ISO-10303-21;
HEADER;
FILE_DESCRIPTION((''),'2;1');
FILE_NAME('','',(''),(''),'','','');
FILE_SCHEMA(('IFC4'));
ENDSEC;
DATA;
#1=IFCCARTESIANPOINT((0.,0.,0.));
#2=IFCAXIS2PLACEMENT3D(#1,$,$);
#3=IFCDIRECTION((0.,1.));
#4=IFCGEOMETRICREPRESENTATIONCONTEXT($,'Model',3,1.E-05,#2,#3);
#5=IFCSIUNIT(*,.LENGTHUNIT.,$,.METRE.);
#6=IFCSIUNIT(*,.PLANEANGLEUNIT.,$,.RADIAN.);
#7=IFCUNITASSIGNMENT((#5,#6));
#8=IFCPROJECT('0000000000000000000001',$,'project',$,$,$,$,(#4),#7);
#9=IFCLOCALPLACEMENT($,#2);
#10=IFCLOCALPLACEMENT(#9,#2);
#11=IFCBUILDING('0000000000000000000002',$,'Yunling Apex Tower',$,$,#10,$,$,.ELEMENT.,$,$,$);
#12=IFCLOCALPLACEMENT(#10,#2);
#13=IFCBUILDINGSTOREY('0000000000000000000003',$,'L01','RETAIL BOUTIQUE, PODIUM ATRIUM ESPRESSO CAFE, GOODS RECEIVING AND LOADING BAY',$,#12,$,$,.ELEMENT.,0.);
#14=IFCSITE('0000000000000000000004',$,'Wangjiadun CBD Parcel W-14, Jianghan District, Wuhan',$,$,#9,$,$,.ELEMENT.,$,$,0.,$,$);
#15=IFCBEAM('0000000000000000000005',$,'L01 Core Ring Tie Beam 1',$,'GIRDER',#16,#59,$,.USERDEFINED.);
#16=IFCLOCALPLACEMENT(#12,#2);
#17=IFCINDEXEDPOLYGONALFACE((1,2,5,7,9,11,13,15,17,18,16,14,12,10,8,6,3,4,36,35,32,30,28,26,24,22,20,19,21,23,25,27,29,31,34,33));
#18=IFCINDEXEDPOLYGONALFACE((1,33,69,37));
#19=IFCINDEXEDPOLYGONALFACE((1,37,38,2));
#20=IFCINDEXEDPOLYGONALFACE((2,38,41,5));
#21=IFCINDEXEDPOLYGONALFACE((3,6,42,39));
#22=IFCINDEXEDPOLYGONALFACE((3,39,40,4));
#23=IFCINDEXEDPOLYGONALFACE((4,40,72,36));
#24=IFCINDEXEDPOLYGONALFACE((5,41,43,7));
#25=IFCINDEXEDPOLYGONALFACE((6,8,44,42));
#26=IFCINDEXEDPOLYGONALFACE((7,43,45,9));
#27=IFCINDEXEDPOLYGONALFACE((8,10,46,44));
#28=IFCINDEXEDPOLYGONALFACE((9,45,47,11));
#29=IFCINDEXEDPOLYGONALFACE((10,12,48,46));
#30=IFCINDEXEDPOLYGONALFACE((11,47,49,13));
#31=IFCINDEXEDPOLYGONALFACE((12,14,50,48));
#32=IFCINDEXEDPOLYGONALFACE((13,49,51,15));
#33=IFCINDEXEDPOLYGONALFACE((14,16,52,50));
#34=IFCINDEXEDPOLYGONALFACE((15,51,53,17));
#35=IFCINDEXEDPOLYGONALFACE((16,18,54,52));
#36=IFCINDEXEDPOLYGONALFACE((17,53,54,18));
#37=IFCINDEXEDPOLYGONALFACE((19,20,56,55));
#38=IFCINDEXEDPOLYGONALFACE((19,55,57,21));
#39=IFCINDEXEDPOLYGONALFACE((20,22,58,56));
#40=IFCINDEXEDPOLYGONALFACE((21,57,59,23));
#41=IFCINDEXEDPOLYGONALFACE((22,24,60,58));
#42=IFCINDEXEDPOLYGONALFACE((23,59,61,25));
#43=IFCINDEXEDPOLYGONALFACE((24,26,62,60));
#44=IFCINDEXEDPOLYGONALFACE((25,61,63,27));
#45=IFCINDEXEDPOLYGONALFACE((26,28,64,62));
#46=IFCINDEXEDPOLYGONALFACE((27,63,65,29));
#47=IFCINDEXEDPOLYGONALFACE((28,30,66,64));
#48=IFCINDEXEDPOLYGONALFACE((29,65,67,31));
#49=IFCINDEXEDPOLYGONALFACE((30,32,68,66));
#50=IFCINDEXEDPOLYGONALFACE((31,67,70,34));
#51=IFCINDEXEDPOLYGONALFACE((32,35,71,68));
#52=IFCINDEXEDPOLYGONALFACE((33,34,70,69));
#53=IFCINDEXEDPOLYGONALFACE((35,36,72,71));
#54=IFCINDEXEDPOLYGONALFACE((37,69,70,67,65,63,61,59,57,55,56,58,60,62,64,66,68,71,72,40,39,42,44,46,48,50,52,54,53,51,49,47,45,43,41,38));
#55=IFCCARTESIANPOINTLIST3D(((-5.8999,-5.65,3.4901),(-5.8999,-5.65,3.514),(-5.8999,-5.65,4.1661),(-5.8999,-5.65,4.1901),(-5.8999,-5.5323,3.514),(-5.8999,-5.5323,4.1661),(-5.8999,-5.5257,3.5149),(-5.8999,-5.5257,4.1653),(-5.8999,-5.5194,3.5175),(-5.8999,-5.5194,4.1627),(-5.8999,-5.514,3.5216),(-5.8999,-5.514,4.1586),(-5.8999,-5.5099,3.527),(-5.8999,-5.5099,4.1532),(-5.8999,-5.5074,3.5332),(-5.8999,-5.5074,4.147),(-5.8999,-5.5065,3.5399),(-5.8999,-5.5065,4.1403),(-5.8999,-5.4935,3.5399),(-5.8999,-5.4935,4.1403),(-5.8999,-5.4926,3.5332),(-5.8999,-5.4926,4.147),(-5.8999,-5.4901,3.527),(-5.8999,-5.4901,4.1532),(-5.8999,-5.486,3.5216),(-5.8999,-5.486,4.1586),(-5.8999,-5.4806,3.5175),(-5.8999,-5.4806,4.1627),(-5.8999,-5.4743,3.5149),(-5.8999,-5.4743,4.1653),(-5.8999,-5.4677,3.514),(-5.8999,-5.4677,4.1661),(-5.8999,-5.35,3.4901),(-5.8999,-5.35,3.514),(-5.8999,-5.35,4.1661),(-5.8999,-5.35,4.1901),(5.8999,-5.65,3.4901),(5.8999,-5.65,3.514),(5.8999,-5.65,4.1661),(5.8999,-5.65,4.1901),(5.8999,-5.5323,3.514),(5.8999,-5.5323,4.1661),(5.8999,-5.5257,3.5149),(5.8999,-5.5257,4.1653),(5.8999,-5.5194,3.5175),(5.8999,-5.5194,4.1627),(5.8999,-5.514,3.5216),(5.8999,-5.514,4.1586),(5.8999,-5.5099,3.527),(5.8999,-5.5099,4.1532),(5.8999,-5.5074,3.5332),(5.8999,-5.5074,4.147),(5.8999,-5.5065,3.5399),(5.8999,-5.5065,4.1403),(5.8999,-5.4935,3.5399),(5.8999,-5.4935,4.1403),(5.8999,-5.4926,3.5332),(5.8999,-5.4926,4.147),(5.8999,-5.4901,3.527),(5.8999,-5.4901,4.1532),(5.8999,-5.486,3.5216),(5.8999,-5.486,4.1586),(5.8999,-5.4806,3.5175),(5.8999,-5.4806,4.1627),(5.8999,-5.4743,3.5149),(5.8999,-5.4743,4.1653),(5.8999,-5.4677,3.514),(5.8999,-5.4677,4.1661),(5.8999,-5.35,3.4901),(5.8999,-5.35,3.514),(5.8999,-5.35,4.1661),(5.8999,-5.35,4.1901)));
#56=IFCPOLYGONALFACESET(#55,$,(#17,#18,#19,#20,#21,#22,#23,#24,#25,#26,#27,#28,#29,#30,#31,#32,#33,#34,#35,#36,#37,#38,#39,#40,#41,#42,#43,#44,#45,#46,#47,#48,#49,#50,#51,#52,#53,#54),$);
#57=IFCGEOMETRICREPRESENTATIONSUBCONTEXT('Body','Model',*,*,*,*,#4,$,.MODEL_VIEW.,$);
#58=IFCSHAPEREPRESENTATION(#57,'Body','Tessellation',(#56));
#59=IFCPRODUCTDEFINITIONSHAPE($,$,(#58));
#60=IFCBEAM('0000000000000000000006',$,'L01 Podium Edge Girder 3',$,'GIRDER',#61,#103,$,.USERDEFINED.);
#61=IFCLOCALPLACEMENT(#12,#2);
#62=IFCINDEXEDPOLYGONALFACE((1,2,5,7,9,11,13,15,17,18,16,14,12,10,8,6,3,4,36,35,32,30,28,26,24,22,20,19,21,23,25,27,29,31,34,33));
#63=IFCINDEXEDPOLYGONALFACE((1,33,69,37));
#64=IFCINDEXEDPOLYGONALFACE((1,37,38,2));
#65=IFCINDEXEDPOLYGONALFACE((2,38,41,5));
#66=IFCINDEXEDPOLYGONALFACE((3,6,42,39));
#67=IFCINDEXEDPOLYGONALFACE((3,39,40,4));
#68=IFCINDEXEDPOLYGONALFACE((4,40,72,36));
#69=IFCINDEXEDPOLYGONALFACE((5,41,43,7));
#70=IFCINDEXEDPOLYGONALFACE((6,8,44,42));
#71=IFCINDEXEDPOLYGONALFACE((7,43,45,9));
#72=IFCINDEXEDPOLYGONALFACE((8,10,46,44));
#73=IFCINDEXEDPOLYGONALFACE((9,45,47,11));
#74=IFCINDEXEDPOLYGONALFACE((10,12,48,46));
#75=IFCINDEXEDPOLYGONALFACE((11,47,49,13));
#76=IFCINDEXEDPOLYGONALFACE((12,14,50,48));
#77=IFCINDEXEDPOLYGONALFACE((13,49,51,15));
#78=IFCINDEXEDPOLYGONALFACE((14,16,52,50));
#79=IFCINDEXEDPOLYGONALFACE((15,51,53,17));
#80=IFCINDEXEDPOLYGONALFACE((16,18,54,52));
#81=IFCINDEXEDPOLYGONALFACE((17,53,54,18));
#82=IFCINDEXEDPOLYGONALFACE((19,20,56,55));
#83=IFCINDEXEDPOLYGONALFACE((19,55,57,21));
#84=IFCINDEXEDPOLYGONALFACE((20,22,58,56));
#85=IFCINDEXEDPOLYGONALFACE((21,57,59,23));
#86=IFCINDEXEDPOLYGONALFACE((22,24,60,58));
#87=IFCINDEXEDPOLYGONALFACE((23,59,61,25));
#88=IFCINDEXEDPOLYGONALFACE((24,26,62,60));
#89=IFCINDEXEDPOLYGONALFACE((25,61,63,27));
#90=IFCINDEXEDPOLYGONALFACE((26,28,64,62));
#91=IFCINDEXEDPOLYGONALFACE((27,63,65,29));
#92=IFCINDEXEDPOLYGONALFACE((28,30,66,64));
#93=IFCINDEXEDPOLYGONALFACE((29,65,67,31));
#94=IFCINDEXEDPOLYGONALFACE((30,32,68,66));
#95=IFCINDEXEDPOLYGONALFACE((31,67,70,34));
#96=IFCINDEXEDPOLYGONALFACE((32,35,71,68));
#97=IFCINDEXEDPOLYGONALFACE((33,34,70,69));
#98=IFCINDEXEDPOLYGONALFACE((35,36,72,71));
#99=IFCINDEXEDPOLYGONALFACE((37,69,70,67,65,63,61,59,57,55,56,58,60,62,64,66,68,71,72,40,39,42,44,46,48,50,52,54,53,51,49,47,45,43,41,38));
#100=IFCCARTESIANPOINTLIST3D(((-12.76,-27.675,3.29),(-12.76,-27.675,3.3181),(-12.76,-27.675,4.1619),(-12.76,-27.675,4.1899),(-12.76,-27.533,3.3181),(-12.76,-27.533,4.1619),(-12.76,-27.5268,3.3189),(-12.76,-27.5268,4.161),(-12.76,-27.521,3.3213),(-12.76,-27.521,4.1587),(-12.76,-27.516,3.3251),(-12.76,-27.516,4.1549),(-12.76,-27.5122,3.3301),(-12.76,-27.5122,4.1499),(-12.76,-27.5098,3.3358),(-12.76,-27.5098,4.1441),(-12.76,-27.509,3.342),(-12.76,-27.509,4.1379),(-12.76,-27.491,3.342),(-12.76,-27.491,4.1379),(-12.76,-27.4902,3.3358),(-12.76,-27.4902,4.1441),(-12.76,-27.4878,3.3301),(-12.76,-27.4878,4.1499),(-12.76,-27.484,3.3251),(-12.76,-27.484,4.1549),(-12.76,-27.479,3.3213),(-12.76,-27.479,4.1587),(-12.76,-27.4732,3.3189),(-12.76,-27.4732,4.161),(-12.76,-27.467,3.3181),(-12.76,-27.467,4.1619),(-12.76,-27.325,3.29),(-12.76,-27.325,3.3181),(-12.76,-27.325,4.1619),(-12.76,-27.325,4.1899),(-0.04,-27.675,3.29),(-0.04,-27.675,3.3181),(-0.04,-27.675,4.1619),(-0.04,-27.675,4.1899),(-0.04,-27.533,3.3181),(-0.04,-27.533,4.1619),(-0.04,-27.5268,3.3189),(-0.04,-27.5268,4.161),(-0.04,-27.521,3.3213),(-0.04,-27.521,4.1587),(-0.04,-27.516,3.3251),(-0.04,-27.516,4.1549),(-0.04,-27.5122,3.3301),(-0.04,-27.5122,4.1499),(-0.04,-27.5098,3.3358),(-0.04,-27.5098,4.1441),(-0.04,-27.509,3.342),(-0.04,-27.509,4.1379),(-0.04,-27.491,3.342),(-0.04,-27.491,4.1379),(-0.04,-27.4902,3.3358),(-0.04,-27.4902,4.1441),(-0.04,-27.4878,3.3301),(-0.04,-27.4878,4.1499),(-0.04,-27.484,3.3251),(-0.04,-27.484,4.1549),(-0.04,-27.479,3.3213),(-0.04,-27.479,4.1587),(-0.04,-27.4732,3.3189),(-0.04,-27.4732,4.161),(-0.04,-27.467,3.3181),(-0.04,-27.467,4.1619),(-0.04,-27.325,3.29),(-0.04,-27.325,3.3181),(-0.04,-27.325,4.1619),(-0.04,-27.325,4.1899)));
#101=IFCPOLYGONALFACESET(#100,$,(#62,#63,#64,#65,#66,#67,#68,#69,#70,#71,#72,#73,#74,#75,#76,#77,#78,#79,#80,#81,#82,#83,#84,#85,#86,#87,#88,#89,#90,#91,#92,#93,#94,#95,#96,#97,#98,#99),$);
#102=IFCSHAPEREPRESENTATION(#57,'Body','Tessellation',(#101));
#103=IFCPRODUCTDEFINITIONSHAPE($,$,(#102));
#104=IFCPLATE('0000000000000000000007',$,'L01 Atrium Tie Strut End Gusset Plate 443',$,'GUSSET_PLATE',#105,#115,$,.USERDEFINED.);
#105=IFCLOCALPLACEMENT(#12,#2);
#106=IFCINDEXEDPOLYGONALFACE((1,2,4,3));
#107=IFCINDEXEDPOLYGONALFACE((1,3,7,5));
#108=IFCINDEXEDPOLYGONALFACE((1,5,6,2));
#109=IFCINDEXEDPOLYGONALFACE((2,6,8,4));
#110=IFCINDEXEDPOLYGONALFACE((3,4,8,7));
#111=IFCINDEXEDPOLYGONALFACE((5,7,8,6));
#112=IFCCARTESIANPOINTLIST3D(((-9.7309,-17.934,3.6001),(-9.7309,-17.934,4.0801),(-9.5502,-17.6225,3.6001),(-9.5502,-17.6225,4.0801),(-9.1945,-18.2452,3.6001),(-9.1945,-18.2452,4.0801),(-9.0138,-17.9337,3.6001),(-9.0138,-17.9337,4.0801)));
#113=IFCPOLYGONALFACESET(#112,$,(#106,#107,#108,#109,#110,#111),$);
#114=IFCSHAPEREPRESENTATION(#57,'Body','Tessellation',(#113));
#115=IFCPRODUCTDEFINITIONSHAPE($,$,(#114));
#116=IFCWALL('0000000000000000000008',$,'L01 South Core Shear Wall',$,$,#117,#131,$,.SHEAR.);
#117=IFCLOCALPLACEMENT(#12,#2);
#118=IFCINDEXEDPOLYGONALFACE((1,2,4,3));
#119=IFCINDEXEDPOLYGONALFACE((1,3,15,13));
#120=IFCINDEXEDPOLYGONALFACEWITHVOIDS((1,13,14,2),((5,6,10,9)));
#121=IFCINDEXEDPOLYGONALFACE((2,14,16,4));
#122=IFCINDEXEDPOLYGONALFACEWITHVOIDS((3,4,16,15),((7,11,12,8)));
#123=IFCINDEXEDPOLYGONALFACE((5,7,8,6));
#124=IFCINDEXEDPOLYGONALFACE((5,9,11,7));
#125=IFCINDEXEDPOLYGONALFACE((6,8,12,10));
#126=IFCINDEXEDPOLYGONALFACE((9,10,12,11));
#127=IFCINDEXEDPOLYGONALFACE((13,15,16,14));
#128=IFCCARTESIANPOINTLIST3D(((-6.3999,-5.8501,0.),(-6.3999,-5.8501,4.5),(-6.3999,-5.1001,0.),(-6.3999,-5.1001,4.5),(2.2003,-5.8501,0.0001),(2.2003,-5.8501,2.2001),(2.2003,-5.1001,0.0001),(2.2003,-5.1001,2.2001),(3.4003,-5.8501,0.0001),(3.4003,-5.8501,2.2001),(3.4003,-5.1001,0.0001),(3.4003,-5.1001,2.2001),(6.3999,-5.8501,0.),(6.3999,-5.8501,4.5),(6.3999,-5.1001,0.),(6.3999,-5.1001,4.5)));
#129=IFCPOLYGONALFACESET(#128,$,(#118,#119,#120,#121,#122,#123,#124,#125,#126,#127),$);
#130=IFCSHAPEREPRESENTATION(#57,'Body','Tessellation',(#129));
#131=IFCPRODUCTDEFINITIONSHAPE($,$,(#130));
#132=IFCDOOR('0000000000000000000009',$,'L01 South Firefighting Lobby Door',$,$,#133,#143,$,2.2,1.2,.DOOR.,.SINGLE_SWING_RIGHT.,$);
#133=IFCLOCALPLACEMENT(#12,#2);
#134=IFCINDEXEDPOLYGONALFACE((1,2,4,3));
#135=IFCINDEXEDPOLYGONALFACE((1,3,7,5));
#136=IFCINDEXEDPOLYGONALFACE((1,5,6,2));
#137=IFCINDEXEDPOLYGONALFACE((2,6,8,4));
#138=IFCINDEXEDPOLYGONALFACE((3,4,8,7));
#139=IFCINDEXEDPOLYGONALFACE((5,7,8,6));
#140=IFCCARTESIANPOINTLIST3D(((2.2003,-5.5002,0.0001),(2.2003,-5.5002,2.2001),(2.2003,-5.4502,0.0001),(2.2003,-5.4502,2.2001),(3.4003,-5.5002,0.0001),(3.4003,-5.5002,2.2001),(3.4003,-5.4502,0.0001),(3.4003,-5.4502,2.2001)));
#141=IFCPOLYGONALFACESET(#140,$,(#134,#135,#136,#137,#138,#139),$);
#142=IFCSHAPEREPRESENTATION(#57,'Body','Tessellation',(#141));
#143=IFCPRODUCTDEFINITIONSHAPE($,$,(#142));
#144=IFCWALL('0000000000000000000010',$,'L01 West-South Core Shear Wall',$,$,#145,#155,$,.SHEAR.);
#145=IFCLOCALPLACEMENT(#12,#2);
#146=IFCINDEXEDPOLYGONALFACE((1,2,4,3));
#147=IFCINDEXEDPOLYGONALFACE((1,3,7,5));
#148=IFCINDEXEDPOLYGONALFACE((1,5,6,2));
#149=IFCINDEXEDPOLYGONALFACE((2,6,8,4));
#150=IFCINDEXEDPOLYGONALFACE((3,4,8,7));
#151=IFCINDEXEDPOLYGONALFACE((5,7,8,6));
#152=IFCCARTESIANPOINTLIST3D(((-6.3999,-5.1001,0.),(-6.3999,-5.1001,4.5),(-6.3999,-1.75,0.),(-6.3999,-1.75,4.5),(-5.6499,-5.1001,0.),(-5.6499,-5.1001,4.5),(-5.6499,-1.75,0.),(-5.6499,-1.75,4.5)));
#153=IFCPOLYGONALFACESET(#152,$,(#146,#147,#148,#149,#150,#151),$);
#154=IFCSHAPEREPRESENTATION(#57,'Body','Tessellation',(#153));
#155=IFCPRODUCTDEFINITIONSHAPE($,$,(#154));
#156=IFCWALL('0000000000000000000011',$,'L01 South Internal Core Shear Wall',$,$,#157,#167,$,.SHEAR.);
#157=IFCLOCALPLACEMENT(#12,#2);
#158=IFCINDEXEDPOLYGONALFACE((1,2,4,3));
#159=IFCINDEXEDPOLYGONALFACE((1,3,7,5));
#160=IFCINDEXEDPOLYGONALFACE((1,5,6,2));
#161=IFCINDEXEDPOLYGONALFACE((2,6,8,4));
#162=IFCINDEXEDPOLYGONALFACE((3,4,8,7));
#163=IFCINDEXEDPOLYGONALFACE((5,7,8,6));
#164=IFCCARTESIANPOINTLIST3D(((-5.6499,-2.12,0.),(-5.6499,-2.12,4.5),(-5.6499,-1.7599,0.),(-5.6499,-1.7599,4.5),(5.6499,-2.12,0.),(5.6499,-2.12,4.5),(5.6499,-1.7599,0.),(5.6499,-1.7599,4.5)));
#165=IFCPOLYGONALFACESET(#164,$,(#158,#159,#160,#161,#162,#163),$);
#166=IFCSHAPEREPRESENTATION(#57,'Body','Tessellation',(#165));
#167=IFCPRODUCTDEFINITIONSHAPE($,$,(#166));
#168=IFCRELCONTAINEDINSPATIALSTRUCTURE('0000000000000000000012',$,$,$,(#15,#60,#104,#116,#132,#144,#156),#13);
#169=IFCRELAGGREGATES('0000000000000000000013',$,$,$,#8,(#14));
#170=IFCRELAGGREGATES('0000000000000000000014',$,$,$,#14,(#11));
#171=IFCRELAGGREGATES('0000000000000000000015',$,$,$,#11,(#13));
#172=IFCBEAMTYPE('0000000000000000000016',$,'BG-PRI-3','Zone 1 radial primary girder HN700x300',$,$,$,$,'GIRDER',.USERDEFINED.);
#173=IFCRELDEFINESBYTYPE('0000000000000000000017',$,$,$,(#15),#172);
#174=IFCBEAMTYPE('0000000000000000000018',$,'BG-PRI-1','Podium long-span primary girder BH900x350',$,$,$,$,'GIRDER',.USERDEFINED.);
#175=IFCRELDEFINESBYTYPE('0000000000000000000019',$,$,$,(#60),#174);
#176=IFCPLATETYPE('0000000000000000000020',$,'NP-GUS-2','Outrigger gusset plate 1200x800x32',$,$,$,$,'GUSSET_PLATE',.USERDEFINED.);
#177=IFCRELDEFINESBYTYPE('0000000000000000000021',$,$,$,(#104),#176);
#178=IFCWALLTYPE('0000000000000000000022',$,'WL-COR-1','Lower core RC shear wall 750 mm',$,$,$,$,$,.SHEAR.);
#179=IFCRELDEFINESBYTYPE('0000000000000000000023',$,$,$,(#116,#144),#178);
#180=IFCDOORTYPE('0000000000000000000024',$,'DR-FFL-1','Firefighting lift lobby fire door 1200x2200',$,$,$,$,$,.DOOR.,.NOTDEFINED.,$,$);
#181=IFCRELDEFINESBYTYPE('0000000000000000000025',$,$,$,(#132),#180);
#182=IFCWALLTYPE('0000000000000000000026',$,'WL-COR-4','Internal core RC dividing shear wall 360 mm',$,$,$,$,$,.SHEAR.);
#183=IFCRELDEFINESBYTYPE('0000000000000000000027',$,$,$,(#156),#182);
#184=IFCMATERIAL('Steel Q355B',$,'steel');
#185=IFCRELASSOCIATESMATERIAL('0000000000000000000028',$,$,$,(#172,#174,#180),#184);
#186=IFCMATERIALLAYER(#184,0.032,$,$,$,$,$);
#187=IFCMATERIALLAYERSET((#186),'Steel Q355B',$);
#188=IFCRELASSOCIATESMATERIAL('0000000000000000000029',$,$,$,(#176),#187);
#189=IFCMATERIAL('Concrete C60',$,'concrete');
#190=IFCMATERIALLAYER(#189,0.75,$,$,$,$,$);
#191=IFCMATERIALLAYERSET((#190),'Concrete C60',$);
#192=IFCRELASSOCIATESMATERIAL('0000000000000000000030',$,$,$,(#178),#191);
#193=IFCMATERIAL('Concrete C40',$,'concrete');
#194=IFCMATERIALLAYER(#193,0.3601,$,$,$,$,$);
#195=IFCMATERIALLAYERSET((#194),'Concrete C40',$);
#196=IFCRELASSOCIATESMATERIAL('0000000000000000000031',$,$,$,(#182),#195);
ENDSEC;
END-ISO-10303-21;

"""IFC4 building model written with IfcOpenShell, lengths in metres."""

from ifc_helpers import new_model, si_unit, direction, frame, frame_2d, origin, origin_2d, place, context, subcontext, project, spatial, rectangle, i_section, extrude, source, transform, mapped, material, layer, layer_set, material_profile, profile_set, type_object, element, fill, save


model = new_model("IFC4")

# Units and contexts
model_context = context("Model", 3, precision=1e-05, world=origin(), true_north=direction((0.0, 1.0)))
body_context = subcontext(model_context, "Body", "Model", "MODEL_VIEW")
ifc_project = project(units=[si_unit("LENGTHUNIT", "METRE"), si_unit("PLANEANGLEUNIT", "RADIAN")], contexts=[model_context])

# Site, building, storey
site_placement = place(None, origin())
site = spatial("IfcSite", under=ifc_project, at=site_placement, Name="Wangjiadun CBD Parcel W-14, Jianghan District, Wuhan", CompositionType="ELEMENT", RefElevation=0.0)
building_placement = place(site_placement, origin())
building = spatial("IfcBuilding", under=site, at=building_placement, Name="Yunling Apex Tower", CompositionType="ELEMENT")
storey_placement = place(building_placement, origin())
storey = spatial("IfcBuildingStorey", under=building, at=storey_placement, Name="L01", Description="RETAIL BOUTIQUE, PODIUM ATRIUM ESPRESSO CAFE, GOODS RECEIVING AND LOADING BAY", CompositionType="ELEMENT", Elevation=0.0)

# Shared definitions
ifc_material_1 = material(Name="Concrete C60", Category="concrete")

# Beams
ifc_material_2 = material(Name="Steel Q355B", Category="steel")
ifc_material_profile_1 = material_profile(ifc_material_2, i_section(OverallWidth=0.3, OverallDepth=0.7, WebThickness=0.0129, FlangeThickness=0.0239, FilletRadius=0.0259, at=origin_2d()))
ifc_profile_set_1 = profile_set([ifc_material_profile_1], Name="Steel Q355B")
beam_type_1 = type_object("IfcBeamType", Name="BG-PRI-3", Description="Zone 1 radial primary girder HN700x300", ElementType="GIRDER", PredefinedType="USERDEFINED", material=ifc_profile_set_1)
shared_shape_1 = source(origin(), body_context, "Body", "SweptSolid", [
    extrude(i_section(OverallWidth=0.3, OverallDepth=0.7, WebThickness=0.0129, FlangeThickness=0.0239, FilletRadius=0.0259, at=origin_2d()), origin(), (0.0, 0.0, 1.0), 11.7998),
])
beam_1_placement = place(storey_placement, frame((-5.8999, -5.5, 3.8401), z_axis=(1.0, 0.0, 0.0), x_axis=(0.0, 1.0, 0.0)))
element("IfcBeam", 1, at=beam_1_placement, inside=storey, type_object=beam_type_1, Name="L01 Core Ring Tie Beam 1", ObjectType="GIRDER", PredefinedType="USERDEFINED", context=body_context, shape_type="MappedRepresentation", body=[
    mapped(shared_shape_1, transform((0.0, 0.0, 0.0), scale=1.0)),
])
ifc_material_profile_2 = material_profile(ifc_material_2, i_section(OverallWidth=0.3501, OverallDepth=0.8999, WebThickness=0.0181, FlangeThickness=0.0281, FilletRadius=0.0239, at=origin_2d()))
ifc_profile_set_2 = profile_set([ifc_material_profile_2], Name="Steel Q355B")
beam_type_2 = type_object("IfcBeamType", Name="BG-PRI-1", Description="Podium long-span primary girder BH900x350", ElementType="GIRDER", PredefinedType="USERDEFINED", material=ifc_profile_set_2)
shared_shape_2 = source(origin(), body_context, "Body", "SweptSolid", [
    extrude(i_section(OverallWidth=0.3501, OverallDepth=0.8999, WebThickness=0.0181, FlangeThickness=0.0281, FilletRadius=0.0239, at=origin_2d()), origin(), (0.0, 0.0, 1.0), 12.72),
])
beam_2_placement = place(storey_placement, frame((-12.76, -27.5, 3.74), z_axis=(1.0, 0.0, 0.0), x_axis=(0.0, 1.0, 0.0)))
element("IfcBeam", 2, at=beam_2_placement, inside=storey, type_object=beam_type_2, Name="L01 Podium Edge Girder 3", ObjectType="GIRDER", PredefinedType="USERDEFINED", context=body_context, shape_type="MappedRepresentation", body=[
    mapped(shared_shape_2, transform((0.0, 0.0, 0.0), scale=1.0)),
])

# Plate
ifc_layer_1 = layer(ifc_material_2, 0.032)
ifc_layer_set_1 = layer_set([ifc_layer_1], Name="Steel Q355B")
plate_type = type_object("IfcPlateType", Name="NP-GUS-2", Description="Outrigger gusset plate 1200x800x32", ElementType="GUSSET_PLATE", PredefinedType="USERDEFINED", material=ifc_layer_set_1)
shared_shape_3 = source(origin(), body_context, "Body", "SweptSolid", [
    extrude(rectangle(XDim=0.6201, YDim=0.3601, at=origin_2d()), origin(), (0.0, 0.0, 1.0), 0.48),
])
plate_placement = place(storey_placement, frame((-9.3723, -17.9338, 3.6001), z_axis=(0.0, 0.0, 1.0), x_axis=(0.864976, -0.501813, 0.0)))
element("IfcPlate", 3, at=plate_placement, inside=storey, type_object=plate_type, Name="L01 Atrium Tie Strut End Gusset Plate 443", ObjectType="GUSSET_PLATE", PredefinedType="USERDEFINED", context=body_context, shape_type="MappedRepresentation", body=[
    mapped(shared_shape_3, transform((0.0, 0.0, 0.0), scale=1.0)),
])

# Wall, opening, door
ifc_layer_2 = layer(ifc_material_1, 0.75)
ifc_layer_set_2 = layer_set([ifc_layer_2], Name="Concrete C60")
wall_type_1 = type_object("IfcWallType", Name="WL-COR-1", Description="Lower core RC shear wall 750 mm", PredefinedType="SHEAR", material=ifc_layer_set_2)
wall_1_placement = place(storey_placement, frame((-6.3999, -5.4751, 0.0), z_axis=(0.0, 0.0, 1.0), x_axis=(1.0, 0.0, 0.0)))
wall_1 = element("IfcWall", 4, at=wall_1_placement, inside=storey, type_object=wall_type_1, Name="L01 South Core Shear Wall", PredefinedType="SHEAR", context=body_context, shape_type="SweptSolid", body=[
    extrude(rectangle(XDim=12.7998, YDim=0.75, at=frame_2d((6.3999, 0.0))), origin(), (0.0, 0.0, 1.0), 4.5),
])
opening_placement = place(wall_1_placement, frame((8.6001, 0.0, 0.0)))
opening = element("IfcOpeningElement", 5, at=opening_placement, cuts=wall_1, PredefinedType="OPENING", context=body_context, shape_type="SweptSolid", body=[
    extrude(rectangle(XDim=1.2, YDim=2.2, at=frame_2d((0.6001, 1.1001))), frame((0.0, 0.385, 0.0), z_axis=(0.0, -1.0, 0.0), x_axis=(1.0, 0.0, 0.0)), (0.0, 0.0, 1.0), 0.77),
])
door_type = type_object("IfcDoorType", Name="DR-FFL-1", Description="Firefighting lift lobby fire door 1200x2200", OperationType="NOTDEFINED", PredefinedType="DOOR", material=ifc_material_2)
door_placement = place(opening_placement, origin())
door = element("IfcDoor", 6, at=door_placement, inside=storey, type_object=door_type, Name="L01 South Firefighting Lobby Door", OperationType="SINGLE_SWING_RIGHT", OverallHeight=2.2, OverallWidth=1.2, PredefinedType="DOOR", context=body_context, shape_type="SweptSolid", body=[
    extrude(rectangle(XDim=1.2, YDim=2.2, at=frame_2d((0.6001, 1.1001))), frame((0.0, 0.0249, 0.0), z_axis=(0.0, -1.0, 0.0), x_axis=(1.0, 0.0, 0.0)), (0.0, 0.0, 1.0), 0.05),
])
fill(opening, door)

# Walls
wall_2_placement = place(storey_placement, frame((-6.0249, -5.1001, 0.0), z_axis=(0.0, 0.0, 1.0), x_axis=(0.0, 1.0, 0.0)))
element("IfcWall", 7, at=wall_2_placement, inside=storey, type_object=wall_type_1, Name="L01 West-South Core Shear Wall", PredefinedType="SHEAR", context=body_context, shape_type="SweptSolid", body=[
    extrude(rectangle(XDim=3.3501, YDim=0.75, at=frame_2d((1.675, 0.0))), origin(), (0.0, 0.0, 1.0), 4.5),
])
ifc_material_3 = material(Name="Concrete C40", Category="concrete")
ifc_layer_3 = layer(ifc_material_3, 0.3601)
ifc_layer_set_3 = layer_set([ifc_layer_3], Name="Concrete C40")
wall_type_2 = type_object("IfcWallType", Name="WL-COR-4", Description="Internal core RC dividing shear wall 360 mm", PredefinedType="SHEAR", material=ifc_layer_set_3)
wall_3_placement = place(storey_placement, frame((-5.6499, -1.9399, 0.0), z_axis=(0.0, 0.0, 1.0), x_axis=(1.0, 0.0, 0.0)))
element("IfcWall", 8, at=wall_3_placement, inside=storey, type_object=wall_type_2, Name="L01 South Internal Core Shear Wall", PredefinedType="SHEAR", context=body_context, shape_type="SweptSolid", body=[
    extrude(rectangle(XDim=11.2998, YDim=0.3601, at=frame_2d((5.6499, 0.0))), origin(), (0.0, 0.0, 1.0), 4.5),
])

save(model, "model.ifc")
